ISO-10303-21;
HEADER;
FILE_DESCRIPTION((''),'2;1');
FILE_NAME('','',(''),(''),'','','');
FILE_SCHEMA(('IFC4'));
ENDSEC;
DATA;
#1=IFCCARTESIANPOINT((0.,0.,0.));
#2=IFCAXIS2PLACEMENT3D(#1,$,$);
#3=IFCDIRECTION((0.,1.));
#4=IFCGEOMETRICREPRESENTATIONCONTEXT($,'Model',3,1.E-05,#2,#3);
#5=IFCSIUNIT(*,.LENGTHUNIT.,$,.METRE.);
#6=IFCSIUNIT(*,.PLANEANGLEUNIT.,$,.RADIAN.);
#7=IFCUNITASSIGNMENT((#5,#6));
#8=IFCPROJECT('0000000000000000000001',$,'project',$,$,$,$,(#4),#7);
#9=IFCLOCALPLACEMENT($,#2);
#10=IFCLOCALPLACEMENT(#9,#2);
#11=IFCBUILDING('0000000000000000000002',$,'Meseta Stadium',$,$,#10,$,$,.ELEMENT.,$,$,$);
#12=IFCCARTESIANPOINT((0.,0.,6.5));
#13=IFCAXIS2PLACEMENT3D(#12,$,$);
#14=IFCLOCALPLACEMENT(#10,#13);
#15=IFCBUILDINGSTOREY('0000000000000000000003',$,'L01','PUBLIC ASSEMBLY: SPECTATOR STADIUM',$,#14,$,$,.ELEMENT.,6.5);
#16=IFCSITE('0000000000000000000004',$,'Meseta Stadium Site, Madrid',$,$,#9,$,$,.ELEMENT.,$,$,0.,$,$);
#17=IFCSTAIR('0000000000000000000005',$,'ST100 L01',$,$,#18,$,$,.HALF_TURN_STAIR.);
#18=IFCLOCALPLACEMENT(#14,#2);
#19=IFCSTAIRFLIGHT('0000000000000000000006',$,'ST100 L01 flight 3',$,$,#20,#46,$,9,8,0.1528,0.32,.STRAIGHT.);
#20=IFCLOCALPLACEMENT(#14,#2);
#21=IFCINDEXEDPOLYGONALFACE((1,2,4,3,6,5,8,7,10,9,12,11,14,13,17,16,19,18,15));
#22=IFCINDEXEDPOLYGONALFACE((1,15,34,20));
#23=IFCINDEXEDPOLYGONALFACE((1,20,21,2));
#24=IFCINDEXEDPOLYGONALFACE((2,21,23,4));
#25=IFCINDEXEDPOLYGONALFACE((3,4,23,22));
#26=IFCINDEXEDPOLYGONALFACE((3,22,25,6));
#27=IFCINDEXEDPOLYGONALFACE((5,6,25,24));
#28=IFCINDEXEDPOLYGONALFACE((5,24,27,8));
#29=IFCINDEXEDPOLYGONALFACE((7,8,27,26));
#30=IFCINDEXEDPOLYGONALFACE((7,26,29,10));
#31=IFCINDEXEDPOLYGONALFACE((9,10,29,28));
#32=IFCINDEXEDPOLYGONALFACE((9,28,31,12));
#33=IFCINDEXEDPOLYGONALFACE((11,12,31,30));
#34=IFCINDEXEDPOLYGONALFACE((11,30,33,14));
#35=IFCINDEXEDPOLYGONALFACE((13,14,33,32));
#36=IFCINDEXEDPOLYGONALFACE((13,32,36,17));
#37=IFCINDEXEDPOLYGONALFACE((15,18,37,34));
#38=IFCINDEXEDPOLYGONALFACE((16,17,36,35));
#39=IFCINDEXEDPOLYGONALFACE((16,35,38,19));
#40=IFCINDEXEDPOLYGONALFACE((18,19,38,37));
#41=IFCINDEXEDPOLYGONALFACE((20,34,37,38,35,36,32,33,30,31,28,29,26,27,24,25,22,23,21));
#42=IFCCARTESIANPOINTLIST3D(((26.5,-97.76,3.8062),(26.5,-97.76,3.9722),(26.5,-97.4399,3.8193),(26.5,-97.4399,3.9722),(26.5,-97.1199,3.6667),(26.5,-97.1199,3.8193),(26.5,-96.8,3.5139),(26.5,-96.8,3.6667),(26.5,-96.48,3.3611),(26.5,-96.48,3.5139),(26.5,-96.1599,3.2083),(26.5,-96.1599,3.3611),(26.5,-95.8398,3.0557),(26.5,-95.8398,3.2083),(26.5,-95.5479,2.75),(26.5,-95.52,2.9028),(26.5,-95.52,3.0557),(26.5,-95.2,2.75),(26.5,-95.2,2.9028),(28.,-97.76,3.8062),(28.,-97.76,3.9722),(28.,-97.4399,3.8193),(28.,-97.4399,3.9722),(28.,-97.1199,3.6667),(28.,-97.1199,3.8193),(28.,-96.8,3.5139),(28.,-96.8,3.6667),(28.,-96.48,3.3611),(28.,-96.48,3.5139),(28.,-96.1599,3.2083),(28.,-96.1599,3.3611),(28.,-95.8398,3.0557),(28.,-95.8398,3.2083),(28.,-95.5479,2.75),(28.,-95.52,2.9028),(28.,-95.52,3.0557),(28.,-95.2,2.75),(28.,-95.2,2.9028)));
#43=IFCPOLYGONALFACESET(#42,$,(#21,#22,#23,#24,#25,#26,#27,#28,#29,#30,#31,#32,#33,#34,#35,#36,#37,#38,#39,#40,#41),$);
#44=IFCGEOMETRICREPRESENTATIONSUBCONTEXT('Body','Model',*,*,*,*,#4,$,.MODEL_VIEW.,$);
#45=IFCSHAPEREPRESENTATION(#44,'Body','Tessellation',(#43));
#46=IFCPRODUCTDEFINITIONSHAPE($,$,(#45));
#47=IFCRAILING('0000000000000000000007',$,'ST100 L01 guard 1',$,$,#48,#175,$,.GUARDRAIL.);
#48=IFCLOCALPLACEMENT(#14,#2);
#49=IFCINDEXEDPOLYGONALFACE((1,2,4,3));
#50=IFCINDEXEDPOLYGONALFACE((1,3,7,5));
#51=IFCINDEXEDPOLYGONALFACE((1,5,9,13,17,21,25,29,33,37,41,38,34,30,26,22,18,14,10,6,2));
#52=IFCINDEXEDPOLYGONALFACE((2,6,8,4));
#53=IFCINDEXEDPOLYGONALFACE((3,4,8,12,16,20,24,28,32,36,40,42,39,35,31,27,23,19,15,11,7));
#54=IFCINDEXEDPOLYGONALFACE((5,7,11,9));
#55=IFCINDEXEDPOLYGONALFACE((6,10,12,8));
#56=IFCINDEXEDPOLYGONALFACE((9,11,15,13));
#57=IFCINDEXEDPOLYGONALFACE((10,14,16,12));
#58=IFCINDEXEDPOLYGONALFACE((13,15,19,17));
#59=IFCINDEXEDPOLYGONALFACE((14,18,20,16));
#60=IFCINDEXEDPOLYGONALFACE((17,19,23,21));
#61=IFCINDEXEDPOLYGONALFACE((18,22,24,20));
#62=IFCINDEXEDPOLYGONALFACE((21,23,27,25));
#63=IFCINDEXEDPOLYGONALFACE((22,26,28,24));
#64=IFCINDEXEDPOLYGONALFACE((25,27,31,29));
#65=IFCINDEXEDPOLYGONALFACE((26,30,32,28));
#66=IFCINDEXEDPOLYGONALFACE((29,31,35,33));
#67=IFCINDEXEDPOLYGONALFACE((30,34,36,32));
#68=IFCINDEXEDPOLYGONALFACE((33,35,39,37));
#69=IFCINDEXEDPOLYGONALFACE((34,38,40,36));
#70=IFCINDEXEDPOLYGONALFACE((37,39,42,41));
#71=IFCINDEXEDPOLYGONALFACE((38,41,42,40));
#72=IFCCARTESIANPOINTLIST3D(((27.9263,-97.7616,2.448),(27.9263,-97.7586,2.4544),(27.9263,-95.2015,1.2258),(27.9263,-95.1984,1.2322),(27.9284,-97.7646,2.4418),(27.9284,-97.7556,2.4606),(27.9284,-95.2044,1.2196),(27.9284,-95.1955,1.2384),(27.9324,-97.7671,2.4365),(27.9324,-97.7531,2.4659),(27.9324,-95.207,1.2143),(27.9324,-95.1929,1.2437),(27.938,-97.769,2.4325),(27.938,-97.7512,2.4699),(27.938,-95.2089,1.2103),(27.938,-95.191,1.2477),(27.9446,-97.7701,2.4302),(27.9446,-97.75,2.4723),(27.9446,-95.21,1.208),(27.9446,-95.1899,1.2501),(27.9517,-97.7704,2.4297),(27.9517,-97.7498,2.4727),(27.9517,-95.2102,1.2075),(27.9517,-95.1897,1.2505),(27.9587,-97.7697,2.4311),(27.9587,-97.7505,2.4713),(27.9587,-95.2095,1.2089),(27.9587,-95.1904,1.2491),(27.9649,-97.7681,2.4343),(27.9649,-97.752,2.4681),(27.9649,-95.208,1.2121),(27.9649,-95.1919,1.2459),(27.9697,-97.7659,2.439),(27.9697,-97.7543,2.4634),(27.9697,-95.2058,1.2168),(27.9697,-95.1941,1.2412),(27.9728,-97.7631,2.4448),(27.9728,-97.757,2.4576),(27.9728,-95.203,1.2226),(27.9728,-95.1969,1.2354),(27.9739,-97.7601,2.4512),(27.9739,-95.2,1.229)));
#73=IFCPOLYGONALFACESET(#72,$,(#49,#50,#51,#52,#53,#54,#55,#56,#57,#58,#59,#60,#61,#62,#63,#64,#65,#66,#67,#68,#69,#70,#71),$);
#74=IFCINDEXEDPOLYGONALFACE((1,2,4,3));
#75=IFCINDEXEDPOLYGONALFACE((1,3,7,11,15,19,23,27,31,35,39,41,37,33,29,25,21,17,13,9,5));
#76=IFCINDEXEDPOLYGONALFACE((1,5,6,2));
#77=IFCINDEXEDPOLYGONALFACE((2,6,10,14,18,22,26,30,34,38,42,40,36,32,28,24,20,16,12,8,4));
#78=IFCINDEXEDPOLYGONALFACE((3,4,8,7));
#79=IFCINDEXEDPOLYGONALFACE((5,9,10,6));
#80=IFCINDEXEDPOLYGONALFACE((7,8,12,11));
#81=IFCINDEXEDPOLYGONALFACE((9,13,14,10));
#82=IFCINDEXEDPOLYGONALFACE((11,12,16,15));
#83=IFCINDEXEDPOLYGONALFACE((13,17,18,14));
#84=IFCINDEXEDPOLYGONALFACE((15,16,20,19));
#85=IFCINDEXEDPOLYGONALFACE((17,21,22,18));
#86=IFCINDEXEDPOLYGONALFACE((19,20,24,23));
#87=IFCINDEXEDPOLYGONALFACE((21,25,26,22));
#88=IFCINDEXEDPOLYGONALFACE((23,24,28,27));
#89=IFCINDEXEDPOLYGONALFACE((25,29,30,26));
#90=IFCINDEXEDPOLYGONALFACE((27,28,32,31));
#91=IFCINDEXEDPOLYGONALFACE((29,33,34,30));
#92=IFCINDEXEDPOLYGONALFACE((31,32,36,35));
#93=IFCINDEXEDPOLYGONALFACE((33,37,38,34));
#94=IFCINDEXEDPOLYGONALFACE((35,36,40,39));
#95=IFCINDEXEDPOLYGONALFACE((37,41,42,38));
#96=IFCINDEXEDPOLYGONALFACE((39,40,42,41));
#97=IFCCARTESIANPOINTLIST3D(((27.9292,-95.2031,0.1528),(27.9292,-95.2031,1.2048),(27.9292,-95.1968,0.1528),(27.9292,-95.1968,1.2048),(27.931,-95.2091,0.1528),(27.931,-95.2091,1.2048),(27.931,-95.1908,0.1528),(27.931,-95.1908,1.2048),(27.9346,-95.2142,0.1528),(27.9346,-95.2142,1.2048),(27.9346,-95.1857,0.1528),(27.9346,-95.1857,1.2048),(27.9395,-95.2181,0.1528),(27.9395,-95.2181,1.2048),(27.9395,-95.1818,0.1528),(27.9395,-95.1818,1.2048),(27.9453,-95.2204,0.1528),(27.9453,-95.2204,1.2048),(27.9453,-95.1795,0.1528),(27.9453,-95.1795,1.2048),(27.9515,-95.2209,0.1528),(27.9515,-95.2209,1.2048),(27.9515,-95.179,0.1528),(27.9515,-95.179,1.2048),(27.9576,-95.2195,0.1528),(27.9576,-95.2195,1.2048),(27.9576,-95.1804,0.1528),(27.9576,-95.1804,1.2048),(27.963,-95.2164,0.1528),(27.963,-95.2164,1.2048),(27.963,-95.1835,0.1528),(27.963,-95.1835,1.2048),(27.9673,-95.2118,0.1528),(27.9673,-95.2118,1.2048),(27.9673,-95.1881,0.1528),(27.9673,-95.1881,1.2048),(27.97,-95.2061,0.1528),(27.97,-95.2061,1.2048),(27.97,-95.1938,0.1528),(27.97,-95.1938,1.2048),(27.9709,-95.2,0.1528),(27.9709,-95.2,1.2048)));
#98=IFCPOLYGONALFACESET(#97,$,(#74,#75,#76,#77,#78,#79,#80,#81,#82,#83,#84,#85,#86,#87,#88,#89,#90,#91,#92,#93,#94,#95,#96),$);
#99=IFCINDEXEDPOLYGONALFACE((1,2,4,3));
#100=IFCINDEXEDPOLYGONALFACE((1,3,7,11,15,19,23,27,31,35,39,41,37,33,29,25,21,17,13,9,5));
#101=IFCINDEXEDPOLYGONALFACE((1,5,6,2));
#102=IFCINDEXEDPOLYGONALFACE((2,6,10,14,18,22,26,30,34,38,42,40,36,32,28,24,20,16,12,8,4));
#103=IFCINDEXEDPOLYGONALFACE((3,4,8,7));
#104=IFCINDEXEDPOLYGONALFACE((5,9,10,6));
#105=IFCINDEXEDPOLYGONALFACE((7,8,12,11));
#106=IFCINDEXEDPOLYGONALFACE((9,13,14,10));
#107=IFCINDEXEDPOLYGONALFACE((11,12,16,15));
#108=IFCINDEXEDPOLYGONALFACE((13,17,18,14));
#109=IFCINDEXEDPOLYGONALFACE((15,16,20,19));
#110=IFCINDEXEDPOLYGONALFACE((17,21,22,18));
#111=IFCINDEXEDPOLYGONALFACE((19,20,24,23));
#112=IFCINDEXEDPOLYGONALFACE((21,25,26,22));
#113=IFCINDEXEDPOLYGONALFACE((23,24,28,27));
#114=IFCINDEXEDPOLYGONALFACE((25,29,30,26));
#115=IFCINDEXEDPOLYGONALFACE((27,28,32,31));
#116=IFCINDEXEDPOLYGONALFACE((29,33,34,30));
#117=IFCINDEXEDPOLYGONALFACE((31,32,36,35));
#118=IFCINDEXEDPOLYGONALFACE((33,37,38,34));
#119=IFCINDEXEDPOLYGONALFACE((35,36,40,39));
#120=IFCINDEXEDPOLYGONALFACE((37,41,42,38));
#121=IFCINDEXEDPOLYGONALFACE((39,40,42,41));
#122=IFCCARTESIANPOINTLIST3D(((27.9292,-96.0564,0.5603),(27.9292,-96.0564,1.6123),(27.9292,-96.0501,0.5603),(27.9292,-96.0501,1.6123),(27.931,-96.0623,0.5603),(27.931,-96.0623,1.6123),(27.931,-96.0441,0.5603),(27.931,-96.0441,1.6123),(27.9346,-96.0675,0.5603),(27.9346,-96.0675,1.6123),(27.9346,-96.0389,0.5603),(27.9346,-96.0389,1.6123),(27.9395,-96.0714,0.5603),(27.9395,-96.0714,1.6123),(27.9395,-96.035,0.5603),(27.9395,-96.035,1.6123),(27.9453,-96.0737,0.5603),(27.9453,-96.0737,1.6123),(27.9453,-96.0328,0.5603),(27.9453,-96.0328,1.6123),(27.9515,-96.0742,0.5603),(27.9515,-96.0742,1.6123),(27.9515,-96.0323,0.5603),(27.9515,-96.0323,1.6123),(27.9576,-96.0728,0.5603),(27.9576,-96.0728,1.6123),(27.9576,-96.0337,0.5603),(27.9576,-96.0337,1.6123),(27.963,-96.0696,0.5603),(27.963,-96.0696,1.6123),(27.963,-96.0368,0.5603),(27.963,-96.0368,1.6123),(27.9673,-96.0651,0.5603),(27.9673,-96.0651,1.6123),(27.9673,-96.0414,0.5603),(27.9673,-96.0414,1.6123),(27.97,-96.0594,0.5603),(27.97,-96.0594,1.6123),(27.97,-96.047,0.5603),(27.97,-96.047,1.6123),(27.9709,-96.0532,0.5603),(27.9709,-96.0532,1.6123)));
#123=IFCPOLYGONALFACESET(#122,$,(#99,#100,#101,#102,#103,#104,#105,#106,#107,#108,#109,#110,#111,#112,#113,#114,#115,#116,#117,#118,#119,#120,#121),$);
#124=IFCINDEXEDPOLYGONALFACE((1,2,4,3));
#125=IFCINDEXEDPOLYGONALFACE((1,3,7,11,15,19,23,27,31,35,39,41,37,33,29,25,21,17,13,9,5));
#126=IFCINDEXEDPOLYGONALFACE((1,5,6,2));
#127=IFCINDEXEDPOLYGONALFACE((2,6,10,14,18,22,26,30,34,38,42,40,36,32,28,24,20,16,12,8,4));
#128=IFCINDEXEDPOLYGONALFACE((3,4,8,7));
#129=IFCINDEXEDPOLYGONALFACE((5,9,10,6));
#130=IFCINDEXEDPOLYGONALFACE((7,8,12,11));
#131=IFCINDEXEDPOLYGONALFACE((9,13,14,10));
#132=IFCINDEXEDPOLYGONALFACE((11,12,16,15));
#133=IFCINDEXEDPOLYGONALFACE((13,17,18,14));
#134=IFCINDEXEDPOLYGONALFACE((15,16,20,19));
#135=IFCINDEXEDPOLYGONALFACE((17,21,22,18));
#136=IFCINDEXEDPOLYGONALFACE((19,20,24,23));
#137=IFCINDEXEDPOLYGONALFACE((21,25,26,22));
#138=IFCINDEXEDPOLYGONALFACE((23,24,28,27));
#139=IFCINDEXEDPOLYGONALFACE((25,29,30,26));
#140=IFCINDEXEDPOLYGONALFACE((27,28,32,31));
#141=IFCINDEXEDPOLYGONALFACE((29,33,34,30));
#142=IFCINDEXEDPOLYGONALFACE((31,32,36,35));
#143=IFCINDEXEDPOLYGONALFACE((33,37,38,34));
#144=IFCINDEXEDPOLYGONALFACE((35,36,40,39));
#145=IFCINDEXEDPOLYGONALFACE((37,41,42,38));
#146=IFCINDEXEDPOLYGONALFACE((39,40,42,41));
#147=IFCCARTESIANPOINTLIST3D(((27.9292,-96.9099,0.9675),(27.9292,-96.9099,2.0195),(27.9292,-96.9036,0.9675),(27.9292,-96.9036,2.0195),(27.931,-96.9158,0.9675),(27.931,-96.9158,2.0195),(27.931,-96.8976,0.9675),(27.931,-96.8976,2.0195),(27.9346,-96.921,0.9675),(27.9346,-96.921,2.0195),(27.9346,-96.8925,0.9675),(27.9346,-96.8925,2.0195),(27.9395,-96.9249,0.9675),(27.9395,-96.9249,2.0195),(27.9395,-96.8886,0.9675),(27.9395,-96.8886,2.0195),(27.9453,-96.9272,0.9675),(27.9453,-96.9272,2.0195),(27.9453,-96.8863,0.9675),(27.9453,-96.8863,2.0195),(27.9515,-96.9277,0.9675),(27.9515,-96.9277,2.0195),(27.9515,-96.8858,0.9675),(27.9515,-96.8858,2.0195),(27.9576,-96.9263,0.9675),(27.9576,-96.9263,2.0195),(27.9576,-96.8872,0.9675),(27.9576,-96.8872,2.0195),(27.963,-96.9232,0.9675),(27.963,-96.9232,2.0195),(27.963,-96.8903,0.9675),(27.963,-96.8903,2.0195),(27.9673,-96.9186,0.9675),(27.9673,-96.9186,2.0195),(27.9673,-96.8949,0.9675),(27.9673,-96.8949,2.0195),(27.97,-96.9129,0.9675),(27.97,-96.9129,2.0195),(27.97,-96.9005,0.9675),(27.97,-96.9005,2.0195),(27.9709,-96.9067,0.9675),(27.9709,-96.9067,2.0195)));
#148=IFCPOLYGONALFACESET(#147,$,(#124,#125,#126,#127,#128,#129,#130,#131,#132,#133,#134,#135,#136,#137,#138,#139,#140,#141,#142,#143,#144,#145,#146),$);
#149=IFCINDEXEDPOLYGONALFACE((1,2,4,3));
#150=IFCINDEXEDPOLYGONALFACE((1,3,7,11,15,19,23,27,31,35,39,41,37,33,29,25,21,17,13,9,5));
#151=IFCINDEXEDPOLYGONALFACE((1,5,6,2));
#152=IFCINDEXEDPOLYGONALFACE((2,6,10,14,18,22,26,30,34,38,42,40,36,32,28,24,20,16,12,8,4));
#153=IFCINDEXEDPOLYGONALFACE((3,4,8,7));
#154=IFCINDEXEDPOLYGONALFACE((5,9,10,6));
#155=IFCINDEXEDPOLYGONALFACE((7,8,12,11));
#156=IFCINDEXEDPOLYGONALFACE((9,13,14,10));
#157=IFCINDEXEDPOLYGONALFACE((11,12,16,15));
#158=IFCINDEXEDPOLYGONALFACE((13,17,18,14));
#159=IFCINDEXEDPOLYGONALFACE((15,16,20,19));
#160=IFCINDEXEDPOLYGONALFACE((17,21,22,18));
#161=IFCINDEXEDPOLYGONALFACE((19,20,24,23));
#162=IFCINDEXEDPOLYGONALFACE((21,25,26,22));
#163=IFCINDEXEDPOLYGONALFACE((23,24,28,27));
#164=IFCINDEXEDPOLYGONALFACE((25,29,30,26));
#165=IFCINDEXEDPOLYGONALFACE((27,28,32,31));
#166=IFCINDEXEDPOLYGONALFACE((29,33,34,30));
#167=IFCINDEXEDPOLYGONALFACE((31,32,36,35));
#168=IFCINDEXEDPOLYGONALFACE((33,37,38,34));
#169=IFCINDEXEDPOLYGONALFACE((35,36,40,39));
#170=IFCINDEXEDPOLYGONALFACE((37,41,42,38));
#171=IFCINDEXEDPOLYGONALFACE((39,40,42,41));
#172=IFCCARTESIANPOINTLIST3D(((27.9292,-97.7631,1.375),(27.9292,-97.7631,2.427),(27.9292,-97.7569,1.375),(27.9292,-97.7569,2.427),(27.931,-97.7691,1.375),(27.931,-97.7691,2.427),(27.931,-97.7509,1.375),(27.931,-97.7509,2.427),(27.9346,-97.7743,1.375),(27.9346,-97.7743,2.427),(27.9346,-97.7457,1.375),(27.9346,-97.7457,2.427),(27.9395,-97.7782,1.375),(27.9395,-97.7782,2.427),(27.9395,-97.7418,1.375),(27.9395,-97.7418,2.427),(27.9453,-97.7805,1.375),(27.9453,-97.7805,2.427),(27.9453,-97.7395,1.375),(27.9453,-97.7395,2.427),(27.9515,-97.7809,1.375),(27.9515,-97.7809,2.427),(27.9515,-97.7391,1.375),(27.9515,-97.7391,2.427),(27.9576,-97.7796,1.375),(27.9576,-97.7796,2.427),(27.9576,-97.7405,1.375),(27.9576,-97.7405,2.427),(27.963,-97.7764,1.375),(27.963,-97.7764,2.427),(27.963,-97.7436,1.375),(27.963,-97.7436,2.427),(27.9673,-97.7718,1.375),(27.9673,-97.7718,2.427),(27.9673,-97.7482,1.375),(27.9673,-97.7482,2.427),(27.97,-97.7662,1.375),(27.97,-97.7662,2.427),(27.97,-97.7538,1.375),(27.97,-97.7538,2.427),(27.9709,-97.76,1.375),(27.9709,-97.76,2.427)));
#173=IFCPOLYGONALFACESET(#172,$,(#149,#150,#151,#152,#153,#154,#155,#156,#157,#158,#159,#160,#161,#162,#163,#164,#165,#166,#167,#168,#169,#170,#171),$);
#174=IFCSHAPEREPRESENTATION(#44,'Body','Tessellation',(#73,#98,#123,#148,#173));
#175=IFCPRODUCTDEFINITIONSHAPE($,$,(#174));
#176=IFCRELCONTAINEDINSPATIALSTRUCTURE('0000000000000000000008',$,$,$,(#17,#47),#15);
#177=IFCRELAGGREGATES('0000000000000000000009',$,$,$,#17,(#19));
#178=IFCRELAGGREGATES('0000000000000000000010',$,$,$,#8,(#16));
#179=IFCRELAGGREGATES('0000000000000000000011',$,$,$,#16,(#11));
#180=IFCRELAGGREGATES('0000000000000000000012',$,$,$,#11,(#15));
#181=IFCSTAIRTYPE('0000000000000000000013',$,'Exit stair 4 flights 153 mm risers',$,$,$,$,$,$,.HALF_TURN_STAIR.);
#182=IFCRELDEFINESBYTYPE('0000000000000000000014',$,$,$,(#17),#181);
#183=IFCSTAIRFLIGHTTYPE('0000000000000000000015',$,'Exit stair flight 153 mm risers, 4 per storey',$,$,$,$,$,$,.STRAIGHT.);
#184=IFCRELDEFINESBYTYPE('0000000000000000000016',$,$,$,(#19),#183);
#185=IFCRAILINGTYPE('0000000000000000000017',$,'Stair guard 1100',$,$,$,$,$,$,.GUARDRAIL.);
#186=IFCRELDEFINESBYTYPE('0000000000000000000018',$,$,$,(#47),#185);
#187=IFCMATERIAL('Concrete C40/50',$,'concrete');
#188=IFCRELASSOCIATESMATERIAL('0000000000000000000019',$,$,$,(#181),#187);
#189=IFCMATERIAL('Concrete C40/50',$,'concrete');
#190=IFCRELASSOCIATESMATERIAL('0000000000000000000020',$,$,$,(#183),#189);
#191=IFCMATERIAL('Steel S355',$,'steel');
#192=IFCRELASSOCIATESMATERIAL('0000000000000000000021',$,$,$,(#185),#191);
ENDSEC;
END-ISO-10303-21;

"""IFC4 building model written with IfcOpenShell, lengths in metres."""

from ifc_helpers import new_model, si_unit, direction, frame, origin, origin_2d, place, context, subcontext, project, spatial, polyline, circle, outline, extrude, material, type_object, element, aggregate, save


model = new_model("IFC4")

# Units and contexts
model_context = context("Model", 3, precision=1e-05, world=origin(), true_north=direction((0.0, 1.0)))
body_context = subcontext(model_context, "Body", "Model", "MODEL_VIEW")
ifc_project = project(units=[si_unit("LENGTHUNIT", "METRE"), si_unit("PLANEANGLEUNIT", "RADIAN")], contexts=[model_context])

# Site, building, storey
site_placement = place(None, origin())
site = spatial("IfcSite", under=ifc_project, at=site_placement, Name="Meseta Stadium Site, Madrid", CompositionType="ELEMENT", RefElevation=0.0)
building_placement = place(site_placement, origin())
building = spatial("IfcBuilding", under=site, at=building_placement, Name="Meseta Stadium", CompositionType="ELEMENT")
storey_placement = place(building_placement, frame((0.0, 0.0, 6.5)))
storey = spatial("IfcBuildingStorey", under=building, at=storey_placement, Name="L01", Description="PUBLIC ASSEMBLY: SPECTATOR STADIUM", CompositionType="ELEMENT", Elevation=6.5)

# Stair, stair flight
ifc_material_1 = material(Name="Concrete C40/50", Category="concrete")
stair_type = type_object("IfcStairType", Name="Exit stair 4 flights 153 mm risers", PredefinedType="HALF_TURN_STAIR", material=ifc_material_1)
stair_placement = place(storey_placement, origin())
stair = element("IfcStair", 1, at=stair_placement, inside=storey, type_object=stair_type, Name="ST100 L01", PredefinedType="HALF_TURN_STAIR")
ifc_material_2 = material(Name="Concrete C40/50", Category="concrete")
stair_flight_type = type_object("IfcStairFlightType", Name="Exit stair flight 153 mm risers, 4 per storey", PredefinedType="STRAIGHT", material=ifc_material_2)
stair_flight_1_placement = place(storey_placement, frame((27.25, -95.2, 2.75), z_axis=(0.0, 0.0, 1.0), x_axis=(0.0, -1.0, 0.0)))
stair_flight_1 = element("IfcStairFlight", 2, at=stair_flight_1_placement, type_object=stair_flight_type, Name="ST100 L01 flight 3", NumberOfRisers=9, NumberOfTreads=8, PredefinedType="STRAIGHT", RiserHeight=0.1528, TreadLength=0.32, context=body_context, shape_type="SweptSolid", body=[
    extrude(outline(polyline([(0.0, 0.0), (0.0, 0.1528), (0.3201, 0.1528), (0.3201, 0.3057), (0.6399, 0.3057), (0.6399, 0.4583), (0.96, 0.4583), (0.96, 0.6111), (1.28, 0.6111), (1.28, 0.7639), (1.6001, 0.7639), (1.6001, 0.9167), (1.9199, 0.9167), (1.9199, 1.0693), (2.24, 1.0693), (2.24, 1.2222), (2.5601, 1.2222), (2.5601, 1.0562), (0.3479, 0.0), (0.0, 0.0)])), frame((0.0, 0.75, 0.0), z_axis=(0.0, -1.0, 0.0), x_axis=(1.0, 0.0, 0.0)), (0.0, 0.0, 1.0), 1.5),
])
aggregate(stair, [stair_flight_1])

# Railing
ifc_material_3 = material(Name="Steel S355", Category="steel")
railing_type_1 = type_object("IfcRailingType", Name="Stair guard 1100", PredefinedType="GUARDRAIL", material=ifc_material_3)
railing_1_placement = place(storey_placement, frame((27.95, -95.2, 0.1528)))
element("IfcRailing", 3, at=railing_1_placement, inside=storey, type_object=railing_type_1, Name="ST100 L01 guard 1", PredefinedType="GUARDRAIL", context=body_context, shape_type="SweptSolid", body=[
    extrude(circle(Radius=0.0239, at=origin_2d()), frame((0.0, 0.0, 1.0762), z_axis=(0.0, -0.902437, 0.430822), x_axis=(1.0, 0.0, 0.0)), (0.0, 0.0, 1.0), 2.8369),
    extrude(circle(Radius=0.021, at=origin_2d()), origin(), (0.0, 0.0, 1.0), 1.052),
    extrude(circle(Radius=0.021, at=origin_2d()), frame((0.0, -0.8533, 0.4075)), (0.0, 0.0, 1.0), 1.052),
    extrude(circle(Radius=0.021, at=origin_2d()), frame((0.0, -1.7068, 0.8147)), (0.0, 0.0, 1.0), 1.052),
    extrude(circle(Radius=0.021, at=origin_2d()), frame((0.0, -2.5601, 1.2222)), (0.0, 0.0, 1.0), 1.052),
])

save(model, "model.ifc")
